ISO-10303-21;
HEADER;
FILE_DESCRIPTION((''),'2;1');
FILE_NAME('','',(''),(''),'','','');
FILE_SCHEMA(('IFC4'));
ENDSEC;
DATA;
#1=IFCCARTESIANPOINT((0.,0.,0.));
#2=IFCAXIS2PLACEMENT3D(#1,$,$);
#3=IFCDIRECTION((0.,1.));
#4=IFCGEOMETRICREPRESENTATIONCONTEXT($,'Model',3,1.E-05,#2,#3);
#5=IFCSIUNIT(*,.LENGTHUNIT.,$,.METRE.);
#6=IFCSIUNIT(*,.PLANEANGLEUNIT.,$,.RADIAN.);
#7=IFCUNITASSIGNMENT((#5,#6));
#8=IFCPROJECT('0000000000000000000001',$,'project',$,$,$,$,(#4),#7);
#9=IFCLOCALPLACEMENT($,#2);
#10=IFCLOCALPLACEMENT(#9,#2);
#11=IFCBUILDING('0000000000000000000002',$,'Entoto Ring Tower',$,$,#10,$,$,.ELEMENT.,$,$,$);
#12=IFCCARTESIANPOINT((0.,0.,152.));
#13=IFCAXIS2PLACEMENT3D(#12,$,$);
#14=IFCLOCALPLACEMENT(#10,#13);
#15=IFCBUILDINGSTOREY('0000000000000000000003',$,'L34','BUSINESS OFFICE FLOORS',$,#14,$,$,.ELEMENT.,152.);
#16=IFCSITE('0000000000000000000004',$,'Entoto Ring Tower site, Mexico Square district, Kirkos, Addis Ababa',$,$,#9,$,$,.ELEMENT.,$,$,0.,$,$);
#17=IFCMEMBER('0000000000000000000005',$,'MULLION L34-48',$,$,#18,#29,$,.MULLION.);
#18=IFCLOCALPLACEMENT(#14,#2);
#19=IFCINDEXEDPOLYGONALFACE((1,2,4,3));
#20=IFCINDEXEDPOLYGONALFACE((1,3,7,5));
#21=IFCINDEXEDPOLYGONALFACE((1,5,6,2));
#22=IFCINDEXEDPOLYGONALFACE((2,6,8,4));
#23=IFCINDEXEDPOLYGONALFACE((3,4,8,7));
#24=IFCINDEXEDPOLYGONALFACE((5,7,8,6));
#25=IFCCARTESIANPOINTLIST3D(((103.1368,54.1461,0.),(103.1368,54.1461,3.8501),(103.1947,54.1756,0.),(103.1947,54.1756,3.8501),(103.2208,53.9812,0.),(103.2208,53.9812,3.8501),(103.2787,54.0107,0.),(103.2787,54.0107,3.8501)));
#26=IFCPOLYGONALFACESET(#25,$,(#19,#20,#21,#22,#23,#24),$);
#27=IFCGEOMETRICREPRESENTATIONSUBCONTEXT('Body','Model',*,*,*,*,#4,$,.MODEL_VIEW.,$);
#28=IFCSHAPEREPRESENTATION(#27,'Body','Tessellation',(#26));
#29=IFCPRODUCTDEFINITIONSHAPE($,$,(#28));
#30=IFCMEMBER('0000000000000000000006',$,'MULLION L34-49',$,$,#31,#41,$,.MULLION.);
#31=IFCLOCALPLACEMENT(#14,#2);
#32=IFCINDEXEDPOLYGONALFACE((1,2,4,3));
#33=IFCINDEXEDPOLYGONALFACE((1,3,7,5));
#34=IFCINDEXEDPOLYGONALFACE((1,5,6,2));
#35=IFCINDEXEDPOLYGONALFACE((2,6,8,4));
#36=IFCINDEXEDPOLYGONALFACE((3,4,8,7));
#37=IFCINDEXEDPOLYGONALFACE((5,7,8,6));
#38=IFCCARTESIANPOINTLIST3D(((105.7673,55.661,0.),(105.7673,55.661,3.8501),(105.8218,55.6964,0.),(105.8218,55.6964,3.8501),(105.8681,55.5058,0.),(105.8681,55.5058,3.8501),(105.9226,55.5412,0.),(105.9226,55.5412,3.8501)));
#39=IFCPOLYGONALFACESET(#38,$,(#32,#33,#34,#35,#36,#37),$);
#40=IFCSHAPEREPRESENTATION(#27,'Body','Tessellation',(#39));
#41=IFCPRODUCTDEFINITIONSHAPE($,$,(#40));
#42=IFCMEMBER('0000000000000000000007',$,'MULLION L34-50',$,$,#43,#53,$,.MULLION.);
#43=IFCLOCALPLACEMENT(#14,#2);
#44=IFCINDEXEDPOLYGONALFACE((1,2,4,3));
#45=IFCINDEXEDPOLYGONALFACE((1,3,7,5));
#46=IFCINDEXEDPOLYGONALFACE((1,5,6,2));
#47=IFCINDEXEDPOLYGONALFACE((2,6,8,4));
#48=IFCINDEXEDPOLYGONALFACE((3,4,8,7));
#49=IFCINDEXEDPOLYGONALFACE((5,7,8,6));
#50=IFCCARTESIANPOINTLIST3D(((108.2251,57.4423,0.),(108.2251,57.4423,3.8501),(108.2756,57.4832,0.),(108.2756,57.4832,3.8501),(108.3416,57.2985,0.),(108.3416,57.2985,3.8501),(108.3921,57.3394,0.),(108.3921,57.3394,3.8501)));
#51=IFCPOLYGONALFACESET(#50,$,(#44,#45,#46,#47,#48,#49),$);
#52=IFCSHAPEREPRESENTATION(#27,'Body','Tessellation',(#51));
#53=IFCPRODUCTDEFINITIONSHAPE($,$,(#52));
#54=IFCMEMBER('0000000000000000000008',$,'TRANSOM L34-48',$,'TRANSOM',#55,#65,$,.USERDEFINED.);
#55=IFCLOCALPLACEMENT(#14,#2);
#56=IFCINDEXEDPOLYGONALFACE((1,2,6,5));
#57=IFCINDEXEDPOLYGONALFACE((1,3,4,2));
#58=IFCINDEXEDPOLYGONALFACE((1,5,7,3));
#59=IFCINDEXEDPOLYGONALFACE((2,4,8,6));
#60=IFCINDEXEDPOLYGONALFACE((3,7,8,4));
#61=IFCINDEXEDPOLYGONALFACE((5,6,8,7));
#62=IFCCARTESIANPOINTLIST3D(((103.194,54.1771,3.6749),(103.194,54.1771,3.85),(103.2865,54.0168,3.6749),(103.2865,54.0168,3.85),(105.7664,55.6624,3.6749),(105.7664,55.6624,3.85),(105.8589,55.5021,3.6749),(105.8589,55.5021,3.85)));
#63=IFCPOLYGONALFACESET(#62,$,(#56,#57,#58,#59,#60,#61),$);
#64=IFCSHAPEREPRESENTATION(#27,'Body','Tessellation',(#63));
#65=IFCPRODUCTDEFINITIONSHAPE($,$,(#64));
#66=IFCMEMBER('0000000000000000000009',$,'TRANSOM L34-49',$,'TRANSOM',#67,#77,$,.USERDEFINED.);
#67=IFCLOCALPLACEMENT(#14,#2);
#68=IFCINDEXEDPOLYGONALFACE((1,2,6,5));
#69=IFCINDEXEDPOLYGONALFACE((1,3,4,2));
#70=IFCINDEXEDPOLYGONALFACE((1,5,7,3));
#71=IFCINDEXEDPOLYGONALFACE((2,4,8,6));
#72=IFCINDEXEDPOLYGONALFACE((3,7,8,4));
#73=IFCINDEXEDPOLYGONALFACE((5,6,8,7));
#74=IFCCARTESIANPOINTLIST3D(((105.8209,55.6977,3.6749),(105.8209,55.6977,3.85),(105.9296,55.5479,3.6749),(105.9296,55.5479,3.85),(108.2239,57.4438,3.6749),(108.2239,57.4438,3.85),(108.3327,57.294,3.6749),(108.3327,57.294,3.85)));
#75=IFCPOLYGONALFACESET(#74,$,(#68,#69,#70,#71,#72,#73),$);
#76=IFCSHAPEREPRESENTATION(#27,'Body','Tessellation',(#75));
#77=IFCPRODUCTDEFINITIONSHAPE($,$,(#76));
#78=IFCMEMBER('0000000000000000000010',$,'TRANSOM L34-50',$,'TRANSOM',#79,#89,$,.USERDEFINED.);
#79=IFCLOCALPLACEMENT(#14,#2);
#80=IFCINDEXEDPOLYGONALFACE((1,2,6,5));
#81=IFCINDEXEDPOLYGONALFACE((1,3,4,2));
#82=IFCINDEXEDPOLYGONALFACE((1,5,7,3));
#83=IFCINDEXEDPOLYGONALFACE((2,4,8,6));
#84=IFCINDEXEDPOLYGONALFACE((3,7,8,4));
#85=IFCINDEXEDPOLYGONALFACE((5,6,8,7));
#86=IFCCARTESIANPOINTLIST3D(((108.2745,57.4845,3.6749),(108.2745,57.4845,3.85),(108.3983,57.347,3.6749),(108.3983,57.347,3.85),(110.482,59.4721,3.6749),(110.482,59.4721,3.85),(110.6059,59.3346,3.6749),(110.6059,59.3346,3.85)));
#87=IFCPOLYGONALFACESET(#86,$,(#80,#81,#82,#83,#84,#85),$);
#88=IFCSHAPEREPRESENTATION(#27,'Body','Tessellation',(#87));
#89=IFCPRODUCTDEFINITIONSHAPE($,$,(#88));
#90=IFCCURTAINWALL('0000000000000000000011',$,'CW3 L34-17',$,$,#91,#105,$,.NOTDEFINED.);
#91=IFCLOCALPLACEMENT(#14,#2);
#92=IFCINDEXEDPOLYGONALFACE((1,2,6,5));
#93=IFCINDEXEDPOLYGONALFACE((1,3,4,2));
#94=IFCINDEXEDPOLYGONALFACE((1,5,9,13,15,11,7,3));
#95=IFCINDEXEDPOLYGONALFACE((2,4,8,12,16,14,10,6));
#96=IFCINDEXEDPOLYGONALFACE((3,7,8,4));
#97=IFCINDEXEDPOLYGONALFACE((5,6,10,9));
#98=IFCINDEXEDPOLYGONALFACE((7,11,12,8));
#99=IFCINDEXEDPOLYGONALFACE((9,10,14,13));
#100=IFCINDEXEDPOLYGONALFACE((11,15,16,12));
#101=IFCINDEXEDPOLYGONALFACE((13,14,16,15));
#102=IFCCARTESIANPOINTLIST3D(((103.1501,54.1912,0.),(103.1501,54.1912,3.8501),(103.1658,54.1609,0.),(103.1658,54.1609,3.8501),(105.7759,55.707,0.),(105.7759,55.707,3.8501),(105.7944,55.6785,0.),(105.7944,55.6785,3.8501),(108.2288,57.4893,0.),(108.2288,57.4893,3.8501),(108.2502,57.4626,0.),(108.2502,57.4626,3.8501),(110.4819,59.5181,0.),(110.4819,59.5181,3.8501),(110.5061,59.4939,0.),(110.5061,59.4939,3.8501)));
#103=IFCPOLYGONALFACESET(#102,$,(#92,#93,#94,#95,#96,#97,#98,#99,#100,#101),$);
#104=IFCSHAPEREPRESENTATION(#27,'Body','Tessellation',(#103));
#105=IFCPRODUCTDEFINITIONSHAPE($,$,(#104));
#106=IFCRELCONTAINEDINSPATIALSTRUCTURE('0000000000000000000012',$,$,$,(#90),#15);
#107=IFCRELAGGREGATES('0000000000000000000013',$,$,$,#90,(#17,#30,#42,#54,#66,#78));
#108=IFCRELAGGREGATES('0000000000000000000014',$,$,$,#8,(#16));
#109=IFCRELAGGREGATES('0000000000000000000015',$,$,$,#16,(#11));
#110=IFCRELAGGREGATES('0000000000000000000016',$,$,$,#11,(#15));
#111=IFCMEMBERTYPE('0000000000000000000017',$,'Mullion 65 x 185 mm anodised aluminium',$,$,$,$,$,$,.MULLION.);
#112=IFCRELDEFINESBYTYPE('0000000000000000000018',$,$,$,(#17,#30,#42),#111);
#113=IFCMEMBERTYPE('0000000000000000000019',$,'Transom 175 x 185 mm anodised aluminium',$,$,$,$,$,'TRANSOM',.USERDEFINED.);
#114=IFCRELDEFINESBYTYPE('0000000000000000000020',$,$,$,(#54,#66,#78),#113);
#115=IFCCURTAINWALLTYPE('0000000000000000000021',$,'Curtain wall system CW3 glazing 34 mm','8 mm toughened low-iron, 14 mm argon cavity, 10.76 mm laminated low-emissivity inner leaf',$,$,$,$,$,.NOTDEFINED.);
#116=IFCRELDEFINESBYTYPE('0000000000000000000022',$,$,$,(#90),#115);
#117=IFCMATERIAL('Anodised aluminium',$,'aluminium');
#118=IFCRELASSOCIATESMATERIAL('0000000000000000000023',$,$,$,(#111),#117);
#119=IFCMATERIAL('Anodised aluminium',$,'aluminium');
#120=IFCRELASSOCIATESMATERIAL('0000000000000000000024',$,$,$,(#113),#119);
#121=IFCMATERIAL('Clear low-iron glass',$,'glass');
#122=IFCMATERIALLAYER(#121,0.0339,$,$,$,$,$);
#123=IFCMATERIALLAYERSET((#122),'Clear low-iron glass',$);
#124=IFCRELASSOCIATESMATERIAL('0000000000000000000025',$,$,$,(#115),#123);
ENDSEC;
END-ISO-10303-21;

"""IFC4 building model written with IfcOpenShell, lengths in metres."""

from ifc_helpers import new_model, si_unit, direction, frame, origin, origin_2d, place, context, subcontext, project, spatial, polyline, rectangle, outline, extrude, material, layer, layer_set, material_profile, profile_set, type_object, element, aggregate, save


model = new_model("IFC4")

# Units and contexts
model_context = context("Model", 3, precision=1e-05, world=origin(), true_north=direction((0.0, 1.0)))
body_context = subcontext(model_context, "Body", "Model", "MODEL_VIEW")
ifc_project = project(units=[si_unit("LENGTHUNIT", "METRE"), si_unit("PLANEANGLEUNIT", "RADIAN")], contexts=[model_context])

# Members
ifc_material_1 = material(Name="Anodised aluminium", Category="aluminium")
ifc_material_profile_1 = material_profile(ifc_material_1, rectangle(XDim=0.0649, YDim=0.1851, at=origin_2d()), Name="Mullion 65 x 185 mm anodised aluminium")
ifc_profile_set_1 = profile_set([ifc_material_profile_1], Name="Anodised aluminium")
member_type_1 = type_object("IfcMemberType", Name="Mullion 65 x 185 mm anodised aluminium", PredefinedType="MULLION", material=ifc_profile_set_1)
site_placement = place(None, origin())
building_placement = place(site_placement, origin())
storey_placement = place(building_placement, frame((0.0, 0.0, 152.0)))
member_1_placement = place(storey_placement, frame((103.2078, 54.0784, 0.0), z_axis=(0.0, 0.0, 1.0), x_axis=(0.891007, 0.45399, 0.0)))
member_1 = element("IfcMember", 1, at=member_1_placement, type_object=member_type_1, Name="MULLION L34-48", PredefinedType="MULLION", context=body_context, shape_type="SweptSolid", body=[
    extrude(rectangle(XDim=0.0649, YDim=0.1851, at=origin_2d()), origin(), (0.0, 0.0, 1.0), 3.8501),
])
member_2_placement = place(storey_placement, frame((105.845, 55.6011, 0.0), z_axis=(0.0, 0.0, 1.0), x_axis=(0.838671, 0.544639, 0.0)))
member_2 = element("IfcMember", 2, at=member_2_placement, type_object=member_type_1, Name="MULLION L34-49", PredefinedType="MULLION", context=body_context, shape_type="SweptSolid", body=[
    extrude(rectangle(XDim=0.0649, YDim=0.1851, at=origin_2d()), origin(), (0.0, 0.0, 1.0), 3.8501),
])
member_3_placement = place(storey_placement, frame((108.3086, 57.3909, 0.0), z_axis=(0.0, 0.0, 1.0), x_axis=(0.777146, 0.62932, 0.0)))
member_3 = element("IfcMember", 3, at=member_3_placement, type_object=member_type_1, Name="MULLION L34-50", PredefinedType="MULLION", context=body_context, shape_type="SweptSolid", body=[
    extrude(rectangle(XDim=0.0649, YDim=0.1851, at=origin_2d()), origin(), (0.0, 0.0, 1.0), 3.8501),
])
ifc_material_2 = material(Name="Anodised aluminium", Category="aluminium")
ifc_material_profile_2 = material_profile(ifc_material_2, rectangle(XDim=0.1851, YDim=0.175, at=origin_2d()), Name="Transom 175 x 185 mm anodised aluminium")
ifc_profile_set_2 = profile_set([ifc_material_profile_2], Name="Anodised aluminium")
member_type_2 = type_object("IfcMemberType", Name="Transom 175 x 185 mm anodised aluminium", ElementType="TRANSOM", PredefinedType="USERDEFINED", material=ifc_profile_set_2)
member_4_placement = place(storey_placement, frame((103.2402, 54.0969, 3.7625), z_axis=(0.866009, 0.500028, 0.0), x_axis=(-0.500028, 0.866009, 0.0)))
member_4 = element("IfcMember", 4, at=member_4_placement, type_object=member_type_2, Name="TRANSOM L34-48", ObjectType="TRANSOM", PredefinedType="USERDEFINED", context=body_context, shape_type="SweptSolid", body=[
    extrude(rectangle(XDim=0.1851, YDim=0.175, at=origin_2d()), origin(), (0.0, 0.0, 1.0), 2.9705),
])
member_5_placement = place(storey_placement, frame((105.8752, 55.6228, 3.7625), z_axis=(0.808992, 0.58782, 0.0), x_axis=(-0.58782, 0.808992, 0.0)))
member_5 = element("IfcMember", 5, at=member_5_placement, type_object=member_type_2, Name="TRANSOM L34-49", ObjectType="TRANSOM", PredefinedType="USERDEFINED", context=body_context, shape_type="SweptSolid", body=[
    extrude(rectangle(XDim=0.1851, YDim=0.175, at=origin_2d()), origin(), (0.0, 0.0, 1.0), 2.9705),
])
member_6_placement = place(storey_placement, frame((108.3364, 57.4158, 3.7625), z_axis=(0.743163, 0.66911, 0.0), x_axis=(-0.66911, 0.743163, 0.0)))
member_6 = element("IfcMember", 6, at=member_6_placement, type_object=member_type_2, Name="TRANSOM L34-50", ObjectType="TRANSOM", PredefinedType="USERDEFINED", context=body_context, shape_type="SweptSolid", body=[
    extrude(rectangle(XDim=0.1851, YDim=0.175, at=origin_2d()), origin(), (0.0, 0.0, 1.0), 2.9705),
])

# Site, building, storey
site = spatial("IfcSite", under=ifc_project, at=site_placement, Name="Entoto Ring Tower site, Mexico Square district, Kirkos, Addis Ababa", CompositionType="ELEMENT", RefElevation=0.0)
building = spatial("IfcBuilding", under=site, at=building_placement, Name="Entoto Ring Tower", CompositionType="ELEMENT")
storey = spatial("IfcBuildingStorey", under=building, at=storey_placement, Name="L34", Description="BUSINESS OFFICE FLOORS", CompositionType="ELEMENT", Elevation=152.0)

# Curtain wall
ifc_material_3 = material(Name="Clear low-iron glass", Category="glass")
ifc_layer_1 = layer(ifc_material_3, 0.0339)
ifc_layer_set_1 = layer_set([ifc_layer_1], Name="Clear low-iron glass")
curtain_wall_type = type_object("IfcCurtainWallType", Name="Curtain wall system CW3 glazing 34 mm", Description="8 mm toughened low-iron, 14 mm argon cavity, 10.76 mm laminated low-emissivity inner leaf", PredefinedType="NOTDEFINED", material=ifc_layer_set_1)
curtain_wall_1_placement = place(storey_placement, origin())
curtain_wall_1 = element("IfcCurtainWall", 7, at=curtain_wall_1_placement, inside=storey, type_object=curtain_wall_type, Name="CW3 L34-17", PredefinedType="NOTDEFINED", context=body_context, shape_type="SweptSolid", body=[
    extrude(outline(polyline([(103.1658, 54.1609), (105.7944, 55.6785), (108.2502, 57.4626), (110.5061, 59.4939), (110.4819, 59.5181), (108.2288, 57.4893), (105.7759, 55.707), (103.1501, 54.1912), (103.1658, 54.1609)])), origin(), (0.0, 0.0, 1.0), 3.8501),
])
aggregate(curtain_wall_1, [member_1, member_2, member_3, member_4, member_5, member_6])

save(model, "model.ifc")
